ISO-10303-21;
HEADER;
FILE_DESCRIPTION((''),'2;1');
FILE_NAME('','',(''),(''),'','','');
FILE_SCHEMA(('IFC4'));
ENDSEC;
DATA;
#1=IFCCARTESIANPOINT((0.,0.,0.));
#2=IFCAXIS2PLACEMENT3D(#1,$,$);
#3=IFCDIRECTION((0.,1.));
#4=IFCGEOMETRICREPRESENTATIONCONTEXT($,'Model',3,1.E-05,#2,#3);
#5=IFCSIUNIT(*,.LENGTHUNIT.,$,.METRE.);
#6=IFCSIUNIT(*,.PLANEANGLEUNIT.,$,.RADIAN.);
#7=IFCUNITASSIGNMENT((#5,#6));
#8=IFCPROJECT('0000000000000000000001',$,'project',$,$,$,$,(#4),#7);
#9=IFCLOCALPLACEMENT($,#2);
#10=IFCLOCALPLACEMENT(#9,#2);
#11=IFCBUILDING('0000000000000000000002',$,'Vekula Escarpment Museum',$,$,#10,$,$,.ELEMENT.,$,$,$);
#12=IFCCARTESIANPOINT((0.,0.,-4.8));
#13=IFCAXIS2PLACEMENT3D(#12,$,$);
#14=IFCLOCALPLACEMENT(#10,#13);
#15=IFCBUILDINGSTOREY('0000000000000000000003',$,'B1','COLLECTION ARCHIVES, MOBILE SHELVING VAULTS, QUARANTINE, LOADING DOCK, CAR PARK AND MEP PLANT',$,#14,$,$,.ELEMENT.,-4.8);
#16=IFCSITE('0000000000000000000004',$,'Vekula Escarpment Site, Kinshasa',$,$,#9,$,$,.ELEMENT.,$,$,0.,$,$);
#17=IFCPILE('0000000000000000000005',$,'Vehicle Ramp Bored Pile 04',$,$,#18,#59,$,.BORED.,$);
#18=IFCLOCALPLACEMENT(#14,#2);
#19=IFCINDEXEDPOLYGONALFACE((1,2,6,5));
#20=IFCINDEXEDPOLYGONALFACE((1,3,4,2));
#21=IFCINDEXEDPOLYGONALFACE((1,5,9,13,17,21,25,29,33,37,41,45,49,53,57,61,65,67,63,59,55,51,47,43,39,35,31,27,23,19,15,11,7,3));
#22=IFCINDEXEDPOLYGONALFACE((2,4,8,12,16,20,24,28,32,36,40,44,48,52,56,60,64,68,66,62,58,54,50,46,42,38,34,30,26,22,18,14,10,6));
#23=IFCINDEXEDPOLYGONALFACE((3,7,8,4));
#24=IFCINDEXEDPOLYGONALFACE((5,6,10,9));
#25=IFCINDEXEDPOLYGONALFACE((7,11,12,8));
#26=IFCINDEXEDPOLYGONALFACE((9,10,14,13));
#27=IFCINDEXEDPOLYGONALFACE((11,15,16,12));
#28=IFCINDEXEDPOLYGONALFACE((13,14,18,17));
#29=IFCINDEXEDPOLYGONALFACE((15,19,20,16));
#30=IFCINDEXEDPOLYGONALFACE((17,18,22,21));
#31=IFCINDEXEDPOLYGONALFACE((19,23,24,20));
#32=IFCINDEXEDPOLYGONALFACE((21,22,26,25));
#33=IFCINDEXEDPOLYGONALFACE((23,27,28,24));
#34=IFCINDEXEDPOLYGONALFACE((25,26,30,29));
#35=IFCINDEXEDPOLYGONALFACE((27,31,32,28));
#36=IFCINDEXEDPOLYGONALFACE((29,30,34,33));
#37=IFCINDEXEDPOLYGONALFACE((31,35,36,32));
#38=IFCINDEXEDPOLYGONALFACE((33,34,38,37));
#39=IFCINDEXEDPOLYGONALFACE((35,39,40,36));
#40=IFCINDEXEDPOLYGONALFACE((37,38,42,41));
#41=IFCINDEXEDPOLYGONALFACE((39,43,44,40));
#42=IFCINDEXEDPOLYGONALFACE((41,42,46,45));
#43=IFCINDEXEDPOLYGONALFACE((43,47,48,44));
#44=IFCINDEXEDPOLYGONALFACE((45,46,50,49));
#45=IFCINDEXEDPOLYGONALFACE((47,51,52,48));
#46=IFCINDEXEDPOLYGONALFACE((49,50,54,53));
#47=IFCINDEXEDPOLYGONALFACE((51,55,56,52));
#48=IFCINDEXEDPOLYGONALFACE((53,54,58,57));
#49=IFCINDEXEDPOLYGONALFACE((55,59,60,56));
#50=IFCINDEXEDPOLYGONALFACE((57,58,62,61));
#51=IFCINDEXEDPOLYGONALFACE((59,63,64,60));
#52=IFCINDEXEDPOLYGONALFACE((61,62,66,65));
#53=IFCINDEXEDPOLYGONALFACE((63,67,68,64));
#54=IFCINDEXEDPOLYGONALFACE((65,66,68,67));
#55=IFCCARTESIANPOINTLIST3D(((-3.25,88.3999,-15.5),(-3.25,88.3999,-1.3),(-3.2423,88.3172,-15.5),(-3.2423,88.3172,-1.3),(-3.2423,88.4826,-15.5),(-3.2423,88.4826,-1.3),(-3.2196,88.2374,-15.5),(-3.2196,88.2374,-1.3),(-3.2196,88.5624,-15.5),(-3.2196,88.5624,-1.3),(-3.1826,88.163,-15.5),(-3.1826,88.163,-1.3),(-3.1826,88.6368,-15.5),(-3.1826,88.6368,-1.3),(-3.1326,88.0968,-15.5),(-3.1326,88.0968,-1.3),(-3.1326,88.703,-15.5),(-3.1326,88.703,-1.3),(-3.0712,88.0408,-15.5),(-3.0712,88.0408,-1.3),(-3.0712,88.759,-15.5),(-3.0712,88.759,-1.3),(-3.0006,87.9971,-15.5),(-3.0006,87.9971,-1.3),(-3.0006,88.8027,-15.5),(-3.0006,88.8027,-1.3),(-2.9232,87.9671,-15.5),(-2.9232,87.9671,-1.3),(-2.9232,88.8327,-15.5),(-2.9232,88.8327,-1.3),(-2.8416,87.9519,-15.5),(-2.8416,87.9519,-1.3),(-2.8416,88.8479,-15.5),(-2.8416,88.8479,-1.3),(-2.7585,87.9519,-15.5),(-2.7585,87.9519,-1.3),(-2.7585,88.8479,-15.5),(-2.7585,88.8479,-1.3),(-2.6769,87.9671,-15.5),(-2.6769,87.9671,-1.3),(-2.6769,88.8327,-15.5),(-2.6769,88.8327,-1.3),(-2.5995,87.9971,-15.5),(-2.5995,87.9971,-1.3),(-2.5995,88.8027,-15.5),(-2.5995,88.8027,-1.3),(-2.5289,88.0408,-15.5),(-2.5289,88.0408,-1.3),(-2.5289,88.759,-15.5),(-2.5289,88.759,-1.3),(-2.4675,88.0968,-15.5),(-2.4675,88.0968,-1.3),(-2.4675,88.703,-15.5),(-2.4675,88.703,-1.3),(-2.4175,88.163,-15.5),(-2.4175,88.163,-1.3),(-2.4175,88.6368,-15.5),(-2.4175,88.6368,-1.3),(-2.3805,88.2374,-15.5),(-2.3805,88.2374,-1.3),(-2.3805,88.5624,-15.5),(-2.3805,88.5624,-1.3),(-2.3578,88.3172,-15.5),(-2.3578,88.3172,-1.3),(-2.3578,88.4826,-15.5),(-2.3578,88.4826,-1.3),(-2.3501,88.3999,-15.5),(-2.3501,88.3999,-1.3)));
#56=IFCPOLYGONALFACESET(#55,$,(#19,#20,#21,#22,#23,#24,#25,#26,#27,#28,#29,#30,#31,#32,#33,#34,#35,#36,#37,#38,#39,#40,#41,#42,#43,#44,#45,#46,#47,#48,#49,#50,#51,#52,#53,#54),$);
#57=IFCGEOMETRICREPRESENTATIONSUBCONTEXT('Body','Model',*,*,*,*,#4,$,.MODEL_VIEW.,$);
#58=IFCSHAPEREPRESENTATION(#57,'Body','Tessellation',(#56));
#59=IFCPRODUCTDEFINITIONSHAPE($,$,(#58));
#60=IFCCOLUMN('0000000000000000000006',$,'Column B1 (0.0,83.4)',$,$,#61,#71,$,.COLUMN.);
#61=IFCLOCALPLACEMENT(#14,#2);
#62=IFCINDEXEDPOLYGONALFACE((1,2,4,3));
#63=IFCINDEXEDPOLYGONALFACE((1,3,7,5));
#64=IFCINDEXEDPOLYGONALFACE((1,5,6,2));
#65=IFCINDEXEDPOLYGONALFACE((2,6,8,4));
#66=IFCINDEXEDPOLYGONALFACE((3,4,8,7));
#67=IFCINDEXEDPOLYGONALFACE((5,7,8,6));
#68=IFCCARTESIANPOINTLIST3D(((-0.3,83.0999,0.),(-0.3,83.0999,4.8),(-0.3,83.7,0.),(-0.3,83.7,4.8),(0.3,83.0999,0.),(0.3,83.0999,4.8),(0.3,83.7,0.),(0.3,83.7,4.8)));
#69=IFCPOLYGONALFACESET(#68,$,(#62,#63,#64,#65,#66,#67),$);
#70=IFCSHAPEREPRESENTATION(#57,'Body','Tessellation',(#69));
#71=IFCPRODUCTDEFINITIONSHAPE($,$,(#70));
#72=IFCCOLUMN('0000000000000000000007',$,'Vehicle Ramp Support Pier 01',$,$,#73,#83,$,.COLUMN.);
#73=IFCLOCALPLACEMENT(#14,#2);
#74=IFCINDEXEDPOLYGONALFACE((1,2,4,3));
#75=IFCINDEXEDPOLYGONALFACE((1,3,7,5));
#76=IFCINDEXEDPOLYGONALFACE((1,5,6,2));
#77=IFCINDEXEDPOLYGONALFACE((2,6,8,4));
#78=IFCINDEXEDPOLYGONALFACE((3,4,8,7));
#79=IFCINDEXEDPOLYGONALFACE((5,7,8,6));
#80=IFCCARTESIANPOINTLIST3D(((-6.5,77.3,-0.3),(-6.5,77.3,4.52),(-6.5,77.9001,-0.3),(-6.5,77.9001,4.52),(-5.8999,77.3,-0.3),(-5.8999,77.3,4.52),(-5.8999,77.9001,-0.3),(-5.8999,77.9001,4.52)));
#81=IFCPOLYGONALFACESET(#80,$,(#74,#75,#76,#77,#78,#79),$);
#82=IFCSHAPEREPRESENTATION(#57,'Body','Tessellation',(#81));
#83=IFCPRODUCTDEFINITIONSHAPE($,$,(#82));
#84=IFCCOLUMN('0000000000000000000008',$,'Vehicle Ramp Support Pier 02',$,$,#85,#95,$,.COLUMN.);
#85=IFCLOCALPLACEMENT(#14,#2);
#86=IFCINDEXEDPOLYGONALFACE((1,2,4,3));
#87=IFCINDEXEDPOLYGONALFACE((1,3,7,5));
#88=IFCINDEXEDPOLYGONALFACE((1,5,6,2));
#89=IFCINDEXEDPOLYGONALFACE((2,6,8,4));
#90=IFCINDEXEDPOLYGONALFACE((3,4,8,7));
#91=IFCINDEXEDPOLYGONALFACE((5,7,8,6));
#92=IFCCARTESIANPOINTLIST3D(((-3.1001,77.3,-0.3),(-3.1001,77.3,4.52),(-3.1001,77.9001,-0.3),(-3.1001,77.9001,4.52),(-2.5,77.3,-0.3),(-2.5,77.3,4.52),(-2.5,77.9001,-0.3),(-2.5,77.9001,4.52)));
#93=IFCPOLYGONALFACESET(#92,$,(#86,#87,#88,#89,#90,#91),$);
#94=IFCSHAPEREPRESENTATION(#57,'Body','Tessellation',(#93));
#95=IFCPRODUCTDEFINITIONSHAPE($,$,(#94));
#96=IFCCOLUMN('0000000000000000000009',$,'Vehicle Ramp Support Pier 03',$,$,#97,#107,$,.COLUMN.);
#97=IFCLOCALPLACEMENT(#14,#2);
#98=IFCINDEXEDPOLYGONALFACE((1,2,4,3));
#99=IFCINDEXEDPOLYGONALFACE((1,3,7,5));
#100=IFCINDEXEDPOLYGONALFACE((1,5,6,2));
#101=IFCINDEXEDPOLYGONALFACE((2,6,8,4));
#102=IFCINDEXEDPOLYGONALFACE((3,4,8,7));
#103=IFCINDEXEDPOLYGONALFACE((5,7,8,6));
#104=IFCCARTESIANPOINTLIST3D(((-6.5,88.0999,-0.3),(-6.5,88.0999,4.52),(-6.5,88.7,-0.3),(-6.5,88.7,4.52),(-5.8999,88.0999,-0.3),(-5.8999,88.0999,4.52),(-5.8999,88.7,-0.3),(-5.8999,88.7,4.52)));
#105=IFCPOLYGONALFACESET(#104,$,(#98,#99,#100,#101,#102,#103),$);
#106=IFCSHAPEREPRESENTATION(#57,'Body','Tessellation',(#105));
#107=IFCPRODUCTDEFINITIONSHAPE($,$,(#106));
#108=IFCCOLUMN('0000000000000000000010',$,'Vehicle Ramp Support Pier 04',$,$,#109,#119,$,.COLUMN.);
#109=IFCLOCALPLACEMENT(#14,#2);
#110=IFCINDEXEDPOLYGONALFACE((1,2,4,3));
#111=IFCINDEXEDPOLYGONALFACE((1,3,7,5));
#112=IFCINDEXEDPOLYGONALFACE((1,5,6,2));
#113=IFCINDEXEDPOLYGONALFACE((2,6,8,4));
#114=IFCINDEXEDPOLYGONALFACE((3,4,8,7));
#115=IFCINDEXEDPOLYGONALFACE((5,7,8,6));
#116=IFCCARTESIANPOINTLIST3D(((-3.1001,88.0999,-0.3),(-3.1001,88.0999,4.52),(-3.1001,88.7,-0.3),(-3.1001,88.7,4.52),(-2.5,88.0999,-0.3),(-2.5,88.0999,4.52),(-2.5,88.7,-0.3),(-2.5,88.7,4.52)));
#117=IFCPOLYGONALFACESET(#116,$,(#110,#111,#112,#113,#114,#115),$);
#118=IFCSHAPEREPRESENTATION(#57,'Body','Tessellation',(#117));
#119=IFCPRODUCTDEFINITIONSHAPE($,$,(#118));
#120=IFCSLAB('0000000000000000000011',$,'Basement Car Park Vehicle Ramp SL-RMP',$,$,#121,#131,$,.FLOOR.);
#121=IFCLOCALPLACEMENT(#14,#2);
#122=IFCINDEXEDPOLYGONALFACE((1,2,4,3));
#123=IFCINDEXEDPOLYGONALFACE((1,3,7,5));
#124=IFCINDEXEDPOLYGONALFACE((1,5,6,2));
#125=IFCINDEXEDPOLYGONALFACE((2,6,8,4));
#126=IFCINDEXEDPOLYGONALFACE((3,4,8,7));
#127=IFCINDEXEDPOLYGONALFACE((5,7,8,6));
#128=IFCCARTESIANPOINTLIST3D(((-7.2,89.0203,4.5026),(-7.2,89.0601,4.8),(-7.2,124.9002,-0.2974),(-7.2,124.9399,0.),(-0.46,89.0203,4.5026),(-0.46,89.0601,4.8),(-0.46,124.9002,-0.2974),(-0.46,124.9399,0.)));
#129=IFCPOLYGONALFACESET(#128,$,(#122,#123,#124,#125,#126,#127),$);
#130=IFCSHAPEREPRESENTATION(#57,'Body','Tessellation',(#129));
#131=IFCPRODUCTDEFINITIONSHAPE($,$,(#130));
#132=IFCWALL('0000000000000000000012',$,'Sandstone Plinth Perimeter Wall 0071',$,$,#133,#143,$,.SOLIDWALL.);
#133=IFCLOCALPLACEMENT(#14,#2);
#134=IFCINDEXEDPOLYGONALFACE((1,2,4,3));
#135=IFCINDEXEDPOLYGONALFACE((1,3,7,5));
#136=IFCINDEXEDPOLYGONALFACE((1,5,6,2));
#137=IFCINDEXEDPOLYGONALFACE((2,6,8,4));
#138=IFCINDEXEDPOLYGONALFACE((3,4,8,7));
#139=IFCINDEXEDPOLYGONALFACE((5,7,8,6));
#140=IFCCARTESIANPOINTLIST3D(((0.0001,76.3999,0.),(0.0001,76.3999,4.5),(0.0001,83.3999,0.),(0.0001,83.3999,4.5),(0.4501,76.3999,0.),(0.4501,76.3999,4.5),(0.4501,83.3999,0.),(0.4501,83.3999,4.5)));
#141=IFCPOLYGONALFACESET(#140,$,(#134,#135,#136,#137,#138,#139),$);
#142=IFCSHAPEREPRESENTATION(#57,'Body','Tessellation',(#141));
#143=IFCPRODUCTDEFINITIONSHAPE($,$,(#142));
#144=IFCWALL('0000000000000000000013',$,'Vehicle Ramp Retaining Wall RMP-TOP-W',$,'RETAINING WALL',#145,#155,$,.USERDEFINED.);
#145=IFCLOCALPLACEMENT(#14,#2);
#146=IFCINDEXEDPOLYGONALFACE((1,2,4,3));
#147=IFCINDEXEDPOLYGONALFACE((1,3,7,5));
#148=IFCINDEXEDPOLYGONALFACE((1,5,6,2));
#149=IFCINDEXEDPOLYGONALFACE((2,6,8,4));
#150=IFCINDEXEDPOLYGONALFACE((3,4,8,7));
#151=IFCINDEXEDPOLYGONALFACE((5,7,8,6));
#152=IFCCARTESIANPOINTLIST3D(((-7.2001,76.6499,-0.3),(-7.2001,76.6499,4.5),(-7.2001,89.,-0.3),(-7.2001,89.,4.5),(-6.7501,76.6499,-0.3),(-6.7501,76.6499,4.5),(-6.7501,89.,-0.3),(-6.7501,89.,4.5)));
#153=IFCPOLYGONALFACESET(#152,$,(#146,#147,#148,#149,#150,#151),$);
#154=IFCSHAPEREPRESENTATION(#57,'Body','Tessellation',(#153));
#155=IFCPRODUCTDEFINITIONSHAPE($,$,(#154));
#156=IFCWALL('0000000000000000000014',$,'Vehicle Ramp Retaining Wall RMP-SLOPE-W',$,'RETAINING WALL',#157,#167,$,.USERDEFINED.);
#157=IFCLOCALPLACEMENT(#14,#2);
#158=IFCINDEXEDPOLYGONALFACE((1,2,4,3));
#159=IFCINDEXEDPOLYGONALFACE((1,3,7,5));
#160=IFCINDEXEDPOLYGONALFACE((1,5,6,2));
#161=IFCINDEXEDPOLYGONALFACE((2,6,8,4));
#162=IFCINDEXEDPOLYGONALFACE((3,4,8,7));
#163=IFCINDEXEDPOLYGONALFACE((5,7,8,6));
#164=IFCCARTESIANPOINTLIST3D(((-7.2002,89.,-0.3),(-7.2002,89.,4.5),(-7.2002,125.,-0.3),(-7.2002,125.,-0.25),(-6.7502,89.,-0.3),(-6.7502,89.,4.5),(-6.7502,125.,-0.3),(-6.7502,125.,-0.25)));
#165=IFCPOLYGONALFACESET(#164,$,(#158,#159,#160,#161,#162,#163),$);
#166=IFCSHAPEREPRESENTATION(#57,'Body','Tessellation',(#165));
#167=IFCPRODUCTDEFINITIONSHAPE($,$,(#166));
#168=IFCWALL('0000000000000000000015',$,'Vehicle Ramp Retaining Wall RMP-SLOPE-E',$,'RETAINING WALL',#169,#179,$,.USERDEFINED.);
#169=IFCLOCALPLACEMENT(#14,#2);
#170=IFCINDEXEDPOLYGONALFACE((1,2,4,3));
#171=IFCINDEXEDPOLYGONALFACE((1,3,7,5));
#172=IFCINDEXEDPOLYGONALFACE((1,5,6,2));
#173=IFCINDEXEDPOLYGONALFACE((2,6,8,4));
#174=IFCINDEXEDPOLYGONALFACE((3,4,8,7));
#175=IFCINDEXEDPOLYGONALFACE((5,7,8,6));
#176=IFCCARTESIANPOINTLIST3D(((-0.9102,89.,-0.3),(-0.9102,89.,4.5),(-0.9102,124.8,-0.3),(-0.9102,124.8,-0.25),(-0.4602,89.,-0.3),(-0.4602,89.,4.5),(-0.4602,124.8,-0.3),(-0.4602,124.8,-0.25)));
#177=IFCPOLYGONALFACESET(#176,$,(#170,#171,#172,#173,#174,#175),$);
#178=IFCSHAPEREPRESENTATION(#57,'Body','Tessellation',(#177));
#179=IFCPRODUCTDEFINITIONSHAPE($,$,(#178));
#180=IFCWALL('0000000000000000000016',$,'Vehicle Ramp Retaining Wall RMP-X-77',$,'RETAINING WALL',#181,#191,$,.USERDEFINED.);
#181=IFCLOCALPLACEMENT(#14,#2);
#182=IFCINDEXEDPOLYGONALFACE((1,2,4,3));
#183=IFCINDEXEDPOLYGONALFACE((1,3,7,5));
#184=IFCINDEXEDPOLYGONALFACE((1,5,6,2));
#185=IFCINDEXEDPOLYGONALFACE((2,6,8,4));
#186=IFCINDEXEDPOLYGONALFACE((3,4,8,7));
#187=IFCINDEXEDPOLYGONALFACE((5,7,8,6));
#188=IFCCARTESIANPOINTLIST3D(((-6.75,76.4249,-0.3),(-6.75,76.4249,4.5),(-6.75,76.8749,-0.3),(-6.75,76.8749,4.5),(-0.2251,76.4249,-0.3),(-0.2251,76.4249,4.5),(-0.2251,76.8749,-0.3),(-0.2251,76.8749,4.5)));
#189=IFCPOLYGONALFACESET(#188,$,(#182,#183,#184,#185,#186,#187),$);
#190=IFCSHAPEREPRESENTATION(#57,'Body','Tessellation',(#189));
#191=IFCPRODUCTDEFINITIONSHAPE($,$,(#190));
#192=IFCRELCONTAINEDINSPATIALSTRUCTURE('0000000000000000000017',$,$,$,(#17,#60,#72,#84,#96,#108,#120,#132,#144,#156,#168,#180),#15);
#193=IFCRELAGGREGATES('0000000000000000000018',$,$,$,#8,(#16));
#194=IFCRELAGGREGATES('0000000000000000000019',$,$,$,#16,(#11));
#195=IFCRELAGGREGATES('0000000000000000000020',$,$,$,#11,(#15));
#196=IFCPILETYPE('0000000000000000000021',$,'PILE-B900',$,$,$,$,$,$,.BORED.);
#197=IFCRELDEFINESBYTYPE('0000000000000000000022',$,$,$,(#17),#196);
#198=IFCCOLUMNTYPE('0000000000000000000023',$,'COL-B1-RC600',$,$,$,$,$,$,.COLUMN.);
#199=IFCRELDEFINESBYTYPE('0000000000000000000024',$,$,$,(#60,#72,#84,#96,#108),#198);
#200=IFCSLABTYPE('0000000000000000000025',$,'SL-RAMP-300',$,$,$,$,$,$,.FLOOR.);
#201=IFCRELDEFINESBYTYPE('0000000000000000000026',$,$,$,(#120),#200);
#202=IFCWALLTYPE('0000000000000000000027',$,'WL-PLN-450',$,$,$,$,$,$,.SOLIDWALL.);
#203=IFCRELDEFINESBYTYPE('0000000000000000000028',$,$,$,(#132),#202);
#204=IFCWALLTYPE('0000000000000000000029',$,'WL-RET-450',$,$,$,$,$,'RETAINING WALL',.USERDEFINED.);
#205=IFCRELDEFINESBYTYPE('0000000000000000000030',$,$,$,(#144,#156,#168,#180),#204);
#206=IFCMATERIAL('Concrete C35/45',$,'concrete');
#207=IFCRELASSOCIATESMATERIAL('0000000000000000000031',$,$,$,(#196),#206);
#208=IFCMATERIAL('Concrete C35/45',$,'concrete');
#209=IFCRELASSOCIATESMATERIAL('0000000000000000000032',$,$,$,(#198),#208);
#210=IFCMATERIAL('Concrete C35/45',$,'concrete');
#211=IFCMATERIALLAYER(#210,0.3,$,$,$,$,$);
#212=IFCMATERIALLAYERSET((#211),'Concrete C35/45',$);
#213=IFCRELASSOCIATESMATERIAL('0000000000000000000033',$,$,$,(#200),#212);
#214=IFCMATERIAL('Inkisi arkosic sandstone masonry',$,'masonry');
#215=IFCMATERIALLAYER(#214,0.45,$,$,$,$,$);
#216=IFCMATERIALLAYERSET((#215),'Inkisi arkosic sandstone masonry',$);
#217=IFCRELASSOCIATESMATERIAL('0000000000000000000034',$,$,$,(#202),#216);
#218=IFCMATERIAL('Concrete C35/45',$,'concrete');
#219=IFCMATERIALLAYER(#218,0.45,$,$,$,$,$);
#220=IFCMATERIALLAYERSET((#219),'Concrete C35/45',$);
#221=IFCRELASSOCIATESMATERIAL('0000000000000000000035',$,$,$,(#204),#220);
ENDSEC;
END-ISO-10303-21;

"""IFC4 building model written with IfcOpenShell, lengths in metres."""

from ifc_helpers import new_model, si_unit, direction, frame, frame_2d, origin, origin_2d, place, context, subcontext, project, spatial, polyline, rectangle, circle, outline, extrude, material, layer, layer_set, material_profile, profile_set, type_object, element, save


model = new_model("IFC4")

# Units and contexts
model_context = context("Model", 3, precision=1e-05, world=origin(), true_north=direction((0.0, 1.0)))
body_context = subcontext(model_context, "Body", "Model", "MODEL_VIEW")
ifc_project = project(units=[si_unit("LENGTHUNIT", "METRE"), si_unit("PLANEANGLEUNIT", "RADIAN")], contexts=[model_context])

# Site, building, storey
site_placement = place(None, origin())
site = spatial("IfcSite", under=ifc_project, at=site_placement, Name="Vekula Escarpment Site, Kinshasa", CompositionType="ELEMENT", RefElevation=0.0)
building_placement = place(site_placement, origin())
building = spatial("IfcBuilding", under=site, at=building_placement, Name="Vekula Escarpment Museum", CompositionType="ELEMENT")
storey_placement = place(building_placement, frame((0.0, 0.0, -4.8)))
storey = spatial("IfcBuildingStorey", under=building, at=storey_placement, Name="B1", Description="COLLECTION ARCHIVES, MOBILE SHELVING VAULTS, QUARANTINE, LOADING DOCK, CAR PARK AND MEP PLANT", CompositionType="ELEMENT", Elevation=-4.8)

# Pile
ifc_material_1 = material(Name="Concrete C35/45", Category="concrete")
ifc_material_profile_1 = material_profile(ifc_material_1, circle(Radius=0.45, at=origin_2d()), Name="BORED PILE 900")
ifc_profile_set_1 = profile_set([ifc_material_profile_1], Name="Concrete C35/45")
pile_type = type_object("IfcPileType", Name="PILE-B900", PredefinedType="BORED", material=ifc_profile_set_1)
for number, where, z_axis, x_axis, name in (
    (1, (-2.8, 88.3999, -1.3), (0.0, 0.0, -1.0), (1.0, 0.0, 0.0), "Vehicle Ramp Bored Pile 04"),
):
    element("IfcPile", number, at=place(storey_placement, frame(where, z_axis=z_axis, x_axis=x_axis)), inside=storey, type_object=pile_type, Name=name, PredefinedType="BORED", context=body_context, shape_type="SweptSolid", body=[
        extrude(circle(Radius=0.45, at=origin_2d()), origin(), (0.0, 0.0, 1.0), 14.2),
    ])

# Columns
ifc_material_2 = material(Name="Concrete C35/45", Category="concrete")
ifc_material_profile_2 = material_profile(ifc_material_2, rectangle(XDim=0.6001, YDim=0.6001, at=origin_2d()), Name="RC 600x600")
ifc_profile_set_2 = profile_set([ifc_material_profile_2], Name="Concrete C35/45")
column_type = type_object("IfcColumnType", Name="COL-B1-RC600", PredefinedType="COLUMN", material=ifc_profile_set_2)
column_placement = place(storey_placement, frame((0.0, 83.3999, 0.0), z_axis=(0.0, 0.0, 1.0), x_axis=(1.0, 0.0, 0.0)))
element("IfcColumn", 2, at=column_placement, inside=storey, type_object=column_type, Name="Column B1 (0.0,83.4)", PredefinedType="COLUMN", context=body_context, shape_type="SweptSolid", body=[
    extrude(rectangle(XDim=0.6001, YDim=0.6001, at=origin_2d()), origin(), (0.0, 0.0, 1.0), 4.8),
])
for number, where, z_axis, x_axis, name in (
    (3, (-6.2, 77.6001, -0.3), (0.0, 0.0, 1.0), (1.0, 0.0, 0.0), "Vehicle Ramp Support Pier 01"),
    (4, (-2.8, 77.6001, -0.3), (0.0, 0.0, 1.0), (1.0, 0.0, 0.0), "Vehicle Ramp Support Pier 02"),
    (5, (-6.2, 88.3999, -0.3), (0.0, 0.0, 1.0), (1.0, 0.0, 0.0), "Vehicle Ramp Support Pier 03"),
    (6, (-2.8, 88.3999, -0.3), (0.0, 0.0, 1.0), (1.0, 0.0, 0.0), "Vehicle Ramp Support Pier 04"),
):
    element("IfcColumn", number, at=place(storey_placement, frame(where, z_axis=z_axis, x_axis=x_axis)), inside=storey, type_object=column_type, Name=name, PredefinedType="COLUMN", context=body_context, shape_type="SweptSolid", body=[
        extrude(rectangle(XDim=0.6001, YDim=0.6001, at=origin_2d()), origin(), (0.0, 0.0, 1.0), 4.8201),
    ])

# Slab
ifc_material_3 = material(Name="Concrete C35/45", Category="concrete")
ifc_layer_1 = layer(ifc_material_3, 0.3)
ifc_layer_set_1 = layer_set([ifc_layer_1], Name="Concrete C35/45")
slab_type = type_object("IfcSlabType", Name="SL-RAMP-300", PredefinedType="FLOOR", material=ifc_layer_set_1)
slab_placement = place(storey_placement, frame((-7.2, 89.0601, 4.8), z_axis=(0.0, 0.1326, 0.99117), x_axis=(1.0, 0.0, 0.0)))
element("IfcSlab", 7, at=slab_placement, inside=storey, type_object=slab_type, Name="Basement Car Park Vehicle Ramp SL-RMP", PredefinedType="FLOOR", context=body_context, shape_type="SweptSolid", body=[
    extrude(outline(polyline([(0.0, 0.0), (6.74, 0.0), (6.74, 36.1995), (0.0, 36.1995), (0.0, 0.0)])), origin(), (0.0, 0.0, -1.0), 0.3),
])

# Walls
ifc_material_4 = material(Name="Inkisi arkosic sandstone masonry", Category="masonry")
ifc_layer_2 = layer(ifc_material_4, 0.45)
ifc_layer_set_2 = layer_set([ifc_layer_2], Name="Inkisi arkosic sandstone masonry")
wall_type_1 = type_object("IfcWallType", Name="WL-PLN-450", PredefinedType="SOLIDWALL", material=ifc_layer_set_2)
wall_1_placement = place(storey_placement, frame((0.2251, 83.3999, 0.0), z_axis=(0.0, 0.0, 1.0), x_axis=(0.0, -1.0, 0.0)))
element("IfcWall", 8, at=wall_1_placement, inside=storey, type_object=wall_type_1, Name="Sandstone Plinth Perimeter Wall 0071", PredefinedType="SOLIDWALL", context=body_context, shape_type="SweptSolid", body=[
    extrude(rectangle(XDim=7.0, YDim=0.45, at=frame_2d((3.5, 0.0))), origin(), (0.0, 0.0, 1.0), 4.5),
])
ifc_material_5 = material(Name="Concrete C35/45", Category="concrete")
ifc_layer_3 = layer(ifc_material_5, 0.45)
ifc_layer_set_3 = layer_set([ifc_layer_3], Name="Concrete C35/45")
wall_type_2 = type_object("IfcWallType", Name="WL-RET-450", ElementType="RETAINING WALL", PredefinedType="USERDEFINED", material=ifc_layer_set_3)
wall_2_placement = place(storey_placement, frame((-6.9751, 76.6499, -0.3), z_axis=(0.0, 0.0, 1.0), x_axis=(0.0, 1.0, 0.0)))
element("IfcWall", 9, at=wall_2_placement, inside=storey, type_object=wall_type_2, Name="Vehicle Ramp Retaining Wall RMP-TOP-W", ObjectType="RETAINING WALL", PredefinedType="USERDEFINED", context=body_context, shape_type="SweptSolid", body=[
    extrude(rectangle(XDim=12.3501, YDim=0.45, at=frame_2d((6.175, 0.0))), origin(), (0.0, 0.0, 1.0), 4.8),
])
wall_3_placement = place(storey_placement, frame((-6.9751, 89.0, -0.3), z_axis=(0.0, 0.0, 1.0), x_axis=(0.0, 1.0, 0.0)))
element("IfcWall", 10, at=wall_3_placement, inside=storey, type_object=wall_type_2, Name="Vehicle Ramp Retaining Wall RMP-SLOPE-W", ObjectType="RETAINING WALL", PredefinedType="USERDEFINED", context=body_context, shape_type="SweptSolid", body=[
    extrude(outline(polyline([(0.0, 0.0), (36.0, 0.0), (36.0, 0.05), (0.0, 4.8), (0.0, 0.0)])), frame((0.0, 0.2251, 0.0), z_axis=(0.0, -1.0, 0.0), x_axis=(1.0, 0.0, 0.0)), (0.0, 0.0, 1.0), 0.45),
])
wall_4_placement = place(storey_placement, frame((-0.6851, 89.0, -0.3), z_axis=(0.0, 0.0, 1.0), x_axis=(0.0, 1.0, 0.0)))
element("IfcWall", 11, at=wall_4_placement, inside=storey, type_object=wall_type_2, Name="Vehicle Ramp Retaining Wall RMP-SLOPE-E", ObjectType="RETAINING WALL", PredefinedType="USERDEFINED", context=body_context, shape_type="SweptSolid", body=[
    extrude(outline(polyline([(0.0, 0.0), (35.8, 0.0), (35.8, 0.05), (0.0, 4.8), (0.0, 0.0)])), frame((0.0, 0.2251, 0.0), z_axis=(0.0, -1.0, 0.0), x_axis=(1.0, 0.0, 0.0)), (0.0, 0.0, 1.0), 0.45),
])
wall_5_placement = place(storey_placement, frame((-6.75, 76.6499, -0.3), z_axis=(0.0, 0.0, 1.0), x_axis=(1.0, 0.0, 0.0)))
element("IfcWall", 12, at=wall_5_placement, inside=storey, type_object=wall_type_2, Name="Vehicle Ramp Retaining Wall RMP-X-77", ObjectType="RETAINING WALL", PredefinedType="USERDEFINED", context=body_context, shape_type="SweptSolid", body=[
    extrude(rectangle(XDim=6.5249, YDim=0.45, at=frame_2d((3.2625, 0.0))), origin(), (0.0, 0.0, 1.0), 4.8),
])

save(model, "model.ifc")
